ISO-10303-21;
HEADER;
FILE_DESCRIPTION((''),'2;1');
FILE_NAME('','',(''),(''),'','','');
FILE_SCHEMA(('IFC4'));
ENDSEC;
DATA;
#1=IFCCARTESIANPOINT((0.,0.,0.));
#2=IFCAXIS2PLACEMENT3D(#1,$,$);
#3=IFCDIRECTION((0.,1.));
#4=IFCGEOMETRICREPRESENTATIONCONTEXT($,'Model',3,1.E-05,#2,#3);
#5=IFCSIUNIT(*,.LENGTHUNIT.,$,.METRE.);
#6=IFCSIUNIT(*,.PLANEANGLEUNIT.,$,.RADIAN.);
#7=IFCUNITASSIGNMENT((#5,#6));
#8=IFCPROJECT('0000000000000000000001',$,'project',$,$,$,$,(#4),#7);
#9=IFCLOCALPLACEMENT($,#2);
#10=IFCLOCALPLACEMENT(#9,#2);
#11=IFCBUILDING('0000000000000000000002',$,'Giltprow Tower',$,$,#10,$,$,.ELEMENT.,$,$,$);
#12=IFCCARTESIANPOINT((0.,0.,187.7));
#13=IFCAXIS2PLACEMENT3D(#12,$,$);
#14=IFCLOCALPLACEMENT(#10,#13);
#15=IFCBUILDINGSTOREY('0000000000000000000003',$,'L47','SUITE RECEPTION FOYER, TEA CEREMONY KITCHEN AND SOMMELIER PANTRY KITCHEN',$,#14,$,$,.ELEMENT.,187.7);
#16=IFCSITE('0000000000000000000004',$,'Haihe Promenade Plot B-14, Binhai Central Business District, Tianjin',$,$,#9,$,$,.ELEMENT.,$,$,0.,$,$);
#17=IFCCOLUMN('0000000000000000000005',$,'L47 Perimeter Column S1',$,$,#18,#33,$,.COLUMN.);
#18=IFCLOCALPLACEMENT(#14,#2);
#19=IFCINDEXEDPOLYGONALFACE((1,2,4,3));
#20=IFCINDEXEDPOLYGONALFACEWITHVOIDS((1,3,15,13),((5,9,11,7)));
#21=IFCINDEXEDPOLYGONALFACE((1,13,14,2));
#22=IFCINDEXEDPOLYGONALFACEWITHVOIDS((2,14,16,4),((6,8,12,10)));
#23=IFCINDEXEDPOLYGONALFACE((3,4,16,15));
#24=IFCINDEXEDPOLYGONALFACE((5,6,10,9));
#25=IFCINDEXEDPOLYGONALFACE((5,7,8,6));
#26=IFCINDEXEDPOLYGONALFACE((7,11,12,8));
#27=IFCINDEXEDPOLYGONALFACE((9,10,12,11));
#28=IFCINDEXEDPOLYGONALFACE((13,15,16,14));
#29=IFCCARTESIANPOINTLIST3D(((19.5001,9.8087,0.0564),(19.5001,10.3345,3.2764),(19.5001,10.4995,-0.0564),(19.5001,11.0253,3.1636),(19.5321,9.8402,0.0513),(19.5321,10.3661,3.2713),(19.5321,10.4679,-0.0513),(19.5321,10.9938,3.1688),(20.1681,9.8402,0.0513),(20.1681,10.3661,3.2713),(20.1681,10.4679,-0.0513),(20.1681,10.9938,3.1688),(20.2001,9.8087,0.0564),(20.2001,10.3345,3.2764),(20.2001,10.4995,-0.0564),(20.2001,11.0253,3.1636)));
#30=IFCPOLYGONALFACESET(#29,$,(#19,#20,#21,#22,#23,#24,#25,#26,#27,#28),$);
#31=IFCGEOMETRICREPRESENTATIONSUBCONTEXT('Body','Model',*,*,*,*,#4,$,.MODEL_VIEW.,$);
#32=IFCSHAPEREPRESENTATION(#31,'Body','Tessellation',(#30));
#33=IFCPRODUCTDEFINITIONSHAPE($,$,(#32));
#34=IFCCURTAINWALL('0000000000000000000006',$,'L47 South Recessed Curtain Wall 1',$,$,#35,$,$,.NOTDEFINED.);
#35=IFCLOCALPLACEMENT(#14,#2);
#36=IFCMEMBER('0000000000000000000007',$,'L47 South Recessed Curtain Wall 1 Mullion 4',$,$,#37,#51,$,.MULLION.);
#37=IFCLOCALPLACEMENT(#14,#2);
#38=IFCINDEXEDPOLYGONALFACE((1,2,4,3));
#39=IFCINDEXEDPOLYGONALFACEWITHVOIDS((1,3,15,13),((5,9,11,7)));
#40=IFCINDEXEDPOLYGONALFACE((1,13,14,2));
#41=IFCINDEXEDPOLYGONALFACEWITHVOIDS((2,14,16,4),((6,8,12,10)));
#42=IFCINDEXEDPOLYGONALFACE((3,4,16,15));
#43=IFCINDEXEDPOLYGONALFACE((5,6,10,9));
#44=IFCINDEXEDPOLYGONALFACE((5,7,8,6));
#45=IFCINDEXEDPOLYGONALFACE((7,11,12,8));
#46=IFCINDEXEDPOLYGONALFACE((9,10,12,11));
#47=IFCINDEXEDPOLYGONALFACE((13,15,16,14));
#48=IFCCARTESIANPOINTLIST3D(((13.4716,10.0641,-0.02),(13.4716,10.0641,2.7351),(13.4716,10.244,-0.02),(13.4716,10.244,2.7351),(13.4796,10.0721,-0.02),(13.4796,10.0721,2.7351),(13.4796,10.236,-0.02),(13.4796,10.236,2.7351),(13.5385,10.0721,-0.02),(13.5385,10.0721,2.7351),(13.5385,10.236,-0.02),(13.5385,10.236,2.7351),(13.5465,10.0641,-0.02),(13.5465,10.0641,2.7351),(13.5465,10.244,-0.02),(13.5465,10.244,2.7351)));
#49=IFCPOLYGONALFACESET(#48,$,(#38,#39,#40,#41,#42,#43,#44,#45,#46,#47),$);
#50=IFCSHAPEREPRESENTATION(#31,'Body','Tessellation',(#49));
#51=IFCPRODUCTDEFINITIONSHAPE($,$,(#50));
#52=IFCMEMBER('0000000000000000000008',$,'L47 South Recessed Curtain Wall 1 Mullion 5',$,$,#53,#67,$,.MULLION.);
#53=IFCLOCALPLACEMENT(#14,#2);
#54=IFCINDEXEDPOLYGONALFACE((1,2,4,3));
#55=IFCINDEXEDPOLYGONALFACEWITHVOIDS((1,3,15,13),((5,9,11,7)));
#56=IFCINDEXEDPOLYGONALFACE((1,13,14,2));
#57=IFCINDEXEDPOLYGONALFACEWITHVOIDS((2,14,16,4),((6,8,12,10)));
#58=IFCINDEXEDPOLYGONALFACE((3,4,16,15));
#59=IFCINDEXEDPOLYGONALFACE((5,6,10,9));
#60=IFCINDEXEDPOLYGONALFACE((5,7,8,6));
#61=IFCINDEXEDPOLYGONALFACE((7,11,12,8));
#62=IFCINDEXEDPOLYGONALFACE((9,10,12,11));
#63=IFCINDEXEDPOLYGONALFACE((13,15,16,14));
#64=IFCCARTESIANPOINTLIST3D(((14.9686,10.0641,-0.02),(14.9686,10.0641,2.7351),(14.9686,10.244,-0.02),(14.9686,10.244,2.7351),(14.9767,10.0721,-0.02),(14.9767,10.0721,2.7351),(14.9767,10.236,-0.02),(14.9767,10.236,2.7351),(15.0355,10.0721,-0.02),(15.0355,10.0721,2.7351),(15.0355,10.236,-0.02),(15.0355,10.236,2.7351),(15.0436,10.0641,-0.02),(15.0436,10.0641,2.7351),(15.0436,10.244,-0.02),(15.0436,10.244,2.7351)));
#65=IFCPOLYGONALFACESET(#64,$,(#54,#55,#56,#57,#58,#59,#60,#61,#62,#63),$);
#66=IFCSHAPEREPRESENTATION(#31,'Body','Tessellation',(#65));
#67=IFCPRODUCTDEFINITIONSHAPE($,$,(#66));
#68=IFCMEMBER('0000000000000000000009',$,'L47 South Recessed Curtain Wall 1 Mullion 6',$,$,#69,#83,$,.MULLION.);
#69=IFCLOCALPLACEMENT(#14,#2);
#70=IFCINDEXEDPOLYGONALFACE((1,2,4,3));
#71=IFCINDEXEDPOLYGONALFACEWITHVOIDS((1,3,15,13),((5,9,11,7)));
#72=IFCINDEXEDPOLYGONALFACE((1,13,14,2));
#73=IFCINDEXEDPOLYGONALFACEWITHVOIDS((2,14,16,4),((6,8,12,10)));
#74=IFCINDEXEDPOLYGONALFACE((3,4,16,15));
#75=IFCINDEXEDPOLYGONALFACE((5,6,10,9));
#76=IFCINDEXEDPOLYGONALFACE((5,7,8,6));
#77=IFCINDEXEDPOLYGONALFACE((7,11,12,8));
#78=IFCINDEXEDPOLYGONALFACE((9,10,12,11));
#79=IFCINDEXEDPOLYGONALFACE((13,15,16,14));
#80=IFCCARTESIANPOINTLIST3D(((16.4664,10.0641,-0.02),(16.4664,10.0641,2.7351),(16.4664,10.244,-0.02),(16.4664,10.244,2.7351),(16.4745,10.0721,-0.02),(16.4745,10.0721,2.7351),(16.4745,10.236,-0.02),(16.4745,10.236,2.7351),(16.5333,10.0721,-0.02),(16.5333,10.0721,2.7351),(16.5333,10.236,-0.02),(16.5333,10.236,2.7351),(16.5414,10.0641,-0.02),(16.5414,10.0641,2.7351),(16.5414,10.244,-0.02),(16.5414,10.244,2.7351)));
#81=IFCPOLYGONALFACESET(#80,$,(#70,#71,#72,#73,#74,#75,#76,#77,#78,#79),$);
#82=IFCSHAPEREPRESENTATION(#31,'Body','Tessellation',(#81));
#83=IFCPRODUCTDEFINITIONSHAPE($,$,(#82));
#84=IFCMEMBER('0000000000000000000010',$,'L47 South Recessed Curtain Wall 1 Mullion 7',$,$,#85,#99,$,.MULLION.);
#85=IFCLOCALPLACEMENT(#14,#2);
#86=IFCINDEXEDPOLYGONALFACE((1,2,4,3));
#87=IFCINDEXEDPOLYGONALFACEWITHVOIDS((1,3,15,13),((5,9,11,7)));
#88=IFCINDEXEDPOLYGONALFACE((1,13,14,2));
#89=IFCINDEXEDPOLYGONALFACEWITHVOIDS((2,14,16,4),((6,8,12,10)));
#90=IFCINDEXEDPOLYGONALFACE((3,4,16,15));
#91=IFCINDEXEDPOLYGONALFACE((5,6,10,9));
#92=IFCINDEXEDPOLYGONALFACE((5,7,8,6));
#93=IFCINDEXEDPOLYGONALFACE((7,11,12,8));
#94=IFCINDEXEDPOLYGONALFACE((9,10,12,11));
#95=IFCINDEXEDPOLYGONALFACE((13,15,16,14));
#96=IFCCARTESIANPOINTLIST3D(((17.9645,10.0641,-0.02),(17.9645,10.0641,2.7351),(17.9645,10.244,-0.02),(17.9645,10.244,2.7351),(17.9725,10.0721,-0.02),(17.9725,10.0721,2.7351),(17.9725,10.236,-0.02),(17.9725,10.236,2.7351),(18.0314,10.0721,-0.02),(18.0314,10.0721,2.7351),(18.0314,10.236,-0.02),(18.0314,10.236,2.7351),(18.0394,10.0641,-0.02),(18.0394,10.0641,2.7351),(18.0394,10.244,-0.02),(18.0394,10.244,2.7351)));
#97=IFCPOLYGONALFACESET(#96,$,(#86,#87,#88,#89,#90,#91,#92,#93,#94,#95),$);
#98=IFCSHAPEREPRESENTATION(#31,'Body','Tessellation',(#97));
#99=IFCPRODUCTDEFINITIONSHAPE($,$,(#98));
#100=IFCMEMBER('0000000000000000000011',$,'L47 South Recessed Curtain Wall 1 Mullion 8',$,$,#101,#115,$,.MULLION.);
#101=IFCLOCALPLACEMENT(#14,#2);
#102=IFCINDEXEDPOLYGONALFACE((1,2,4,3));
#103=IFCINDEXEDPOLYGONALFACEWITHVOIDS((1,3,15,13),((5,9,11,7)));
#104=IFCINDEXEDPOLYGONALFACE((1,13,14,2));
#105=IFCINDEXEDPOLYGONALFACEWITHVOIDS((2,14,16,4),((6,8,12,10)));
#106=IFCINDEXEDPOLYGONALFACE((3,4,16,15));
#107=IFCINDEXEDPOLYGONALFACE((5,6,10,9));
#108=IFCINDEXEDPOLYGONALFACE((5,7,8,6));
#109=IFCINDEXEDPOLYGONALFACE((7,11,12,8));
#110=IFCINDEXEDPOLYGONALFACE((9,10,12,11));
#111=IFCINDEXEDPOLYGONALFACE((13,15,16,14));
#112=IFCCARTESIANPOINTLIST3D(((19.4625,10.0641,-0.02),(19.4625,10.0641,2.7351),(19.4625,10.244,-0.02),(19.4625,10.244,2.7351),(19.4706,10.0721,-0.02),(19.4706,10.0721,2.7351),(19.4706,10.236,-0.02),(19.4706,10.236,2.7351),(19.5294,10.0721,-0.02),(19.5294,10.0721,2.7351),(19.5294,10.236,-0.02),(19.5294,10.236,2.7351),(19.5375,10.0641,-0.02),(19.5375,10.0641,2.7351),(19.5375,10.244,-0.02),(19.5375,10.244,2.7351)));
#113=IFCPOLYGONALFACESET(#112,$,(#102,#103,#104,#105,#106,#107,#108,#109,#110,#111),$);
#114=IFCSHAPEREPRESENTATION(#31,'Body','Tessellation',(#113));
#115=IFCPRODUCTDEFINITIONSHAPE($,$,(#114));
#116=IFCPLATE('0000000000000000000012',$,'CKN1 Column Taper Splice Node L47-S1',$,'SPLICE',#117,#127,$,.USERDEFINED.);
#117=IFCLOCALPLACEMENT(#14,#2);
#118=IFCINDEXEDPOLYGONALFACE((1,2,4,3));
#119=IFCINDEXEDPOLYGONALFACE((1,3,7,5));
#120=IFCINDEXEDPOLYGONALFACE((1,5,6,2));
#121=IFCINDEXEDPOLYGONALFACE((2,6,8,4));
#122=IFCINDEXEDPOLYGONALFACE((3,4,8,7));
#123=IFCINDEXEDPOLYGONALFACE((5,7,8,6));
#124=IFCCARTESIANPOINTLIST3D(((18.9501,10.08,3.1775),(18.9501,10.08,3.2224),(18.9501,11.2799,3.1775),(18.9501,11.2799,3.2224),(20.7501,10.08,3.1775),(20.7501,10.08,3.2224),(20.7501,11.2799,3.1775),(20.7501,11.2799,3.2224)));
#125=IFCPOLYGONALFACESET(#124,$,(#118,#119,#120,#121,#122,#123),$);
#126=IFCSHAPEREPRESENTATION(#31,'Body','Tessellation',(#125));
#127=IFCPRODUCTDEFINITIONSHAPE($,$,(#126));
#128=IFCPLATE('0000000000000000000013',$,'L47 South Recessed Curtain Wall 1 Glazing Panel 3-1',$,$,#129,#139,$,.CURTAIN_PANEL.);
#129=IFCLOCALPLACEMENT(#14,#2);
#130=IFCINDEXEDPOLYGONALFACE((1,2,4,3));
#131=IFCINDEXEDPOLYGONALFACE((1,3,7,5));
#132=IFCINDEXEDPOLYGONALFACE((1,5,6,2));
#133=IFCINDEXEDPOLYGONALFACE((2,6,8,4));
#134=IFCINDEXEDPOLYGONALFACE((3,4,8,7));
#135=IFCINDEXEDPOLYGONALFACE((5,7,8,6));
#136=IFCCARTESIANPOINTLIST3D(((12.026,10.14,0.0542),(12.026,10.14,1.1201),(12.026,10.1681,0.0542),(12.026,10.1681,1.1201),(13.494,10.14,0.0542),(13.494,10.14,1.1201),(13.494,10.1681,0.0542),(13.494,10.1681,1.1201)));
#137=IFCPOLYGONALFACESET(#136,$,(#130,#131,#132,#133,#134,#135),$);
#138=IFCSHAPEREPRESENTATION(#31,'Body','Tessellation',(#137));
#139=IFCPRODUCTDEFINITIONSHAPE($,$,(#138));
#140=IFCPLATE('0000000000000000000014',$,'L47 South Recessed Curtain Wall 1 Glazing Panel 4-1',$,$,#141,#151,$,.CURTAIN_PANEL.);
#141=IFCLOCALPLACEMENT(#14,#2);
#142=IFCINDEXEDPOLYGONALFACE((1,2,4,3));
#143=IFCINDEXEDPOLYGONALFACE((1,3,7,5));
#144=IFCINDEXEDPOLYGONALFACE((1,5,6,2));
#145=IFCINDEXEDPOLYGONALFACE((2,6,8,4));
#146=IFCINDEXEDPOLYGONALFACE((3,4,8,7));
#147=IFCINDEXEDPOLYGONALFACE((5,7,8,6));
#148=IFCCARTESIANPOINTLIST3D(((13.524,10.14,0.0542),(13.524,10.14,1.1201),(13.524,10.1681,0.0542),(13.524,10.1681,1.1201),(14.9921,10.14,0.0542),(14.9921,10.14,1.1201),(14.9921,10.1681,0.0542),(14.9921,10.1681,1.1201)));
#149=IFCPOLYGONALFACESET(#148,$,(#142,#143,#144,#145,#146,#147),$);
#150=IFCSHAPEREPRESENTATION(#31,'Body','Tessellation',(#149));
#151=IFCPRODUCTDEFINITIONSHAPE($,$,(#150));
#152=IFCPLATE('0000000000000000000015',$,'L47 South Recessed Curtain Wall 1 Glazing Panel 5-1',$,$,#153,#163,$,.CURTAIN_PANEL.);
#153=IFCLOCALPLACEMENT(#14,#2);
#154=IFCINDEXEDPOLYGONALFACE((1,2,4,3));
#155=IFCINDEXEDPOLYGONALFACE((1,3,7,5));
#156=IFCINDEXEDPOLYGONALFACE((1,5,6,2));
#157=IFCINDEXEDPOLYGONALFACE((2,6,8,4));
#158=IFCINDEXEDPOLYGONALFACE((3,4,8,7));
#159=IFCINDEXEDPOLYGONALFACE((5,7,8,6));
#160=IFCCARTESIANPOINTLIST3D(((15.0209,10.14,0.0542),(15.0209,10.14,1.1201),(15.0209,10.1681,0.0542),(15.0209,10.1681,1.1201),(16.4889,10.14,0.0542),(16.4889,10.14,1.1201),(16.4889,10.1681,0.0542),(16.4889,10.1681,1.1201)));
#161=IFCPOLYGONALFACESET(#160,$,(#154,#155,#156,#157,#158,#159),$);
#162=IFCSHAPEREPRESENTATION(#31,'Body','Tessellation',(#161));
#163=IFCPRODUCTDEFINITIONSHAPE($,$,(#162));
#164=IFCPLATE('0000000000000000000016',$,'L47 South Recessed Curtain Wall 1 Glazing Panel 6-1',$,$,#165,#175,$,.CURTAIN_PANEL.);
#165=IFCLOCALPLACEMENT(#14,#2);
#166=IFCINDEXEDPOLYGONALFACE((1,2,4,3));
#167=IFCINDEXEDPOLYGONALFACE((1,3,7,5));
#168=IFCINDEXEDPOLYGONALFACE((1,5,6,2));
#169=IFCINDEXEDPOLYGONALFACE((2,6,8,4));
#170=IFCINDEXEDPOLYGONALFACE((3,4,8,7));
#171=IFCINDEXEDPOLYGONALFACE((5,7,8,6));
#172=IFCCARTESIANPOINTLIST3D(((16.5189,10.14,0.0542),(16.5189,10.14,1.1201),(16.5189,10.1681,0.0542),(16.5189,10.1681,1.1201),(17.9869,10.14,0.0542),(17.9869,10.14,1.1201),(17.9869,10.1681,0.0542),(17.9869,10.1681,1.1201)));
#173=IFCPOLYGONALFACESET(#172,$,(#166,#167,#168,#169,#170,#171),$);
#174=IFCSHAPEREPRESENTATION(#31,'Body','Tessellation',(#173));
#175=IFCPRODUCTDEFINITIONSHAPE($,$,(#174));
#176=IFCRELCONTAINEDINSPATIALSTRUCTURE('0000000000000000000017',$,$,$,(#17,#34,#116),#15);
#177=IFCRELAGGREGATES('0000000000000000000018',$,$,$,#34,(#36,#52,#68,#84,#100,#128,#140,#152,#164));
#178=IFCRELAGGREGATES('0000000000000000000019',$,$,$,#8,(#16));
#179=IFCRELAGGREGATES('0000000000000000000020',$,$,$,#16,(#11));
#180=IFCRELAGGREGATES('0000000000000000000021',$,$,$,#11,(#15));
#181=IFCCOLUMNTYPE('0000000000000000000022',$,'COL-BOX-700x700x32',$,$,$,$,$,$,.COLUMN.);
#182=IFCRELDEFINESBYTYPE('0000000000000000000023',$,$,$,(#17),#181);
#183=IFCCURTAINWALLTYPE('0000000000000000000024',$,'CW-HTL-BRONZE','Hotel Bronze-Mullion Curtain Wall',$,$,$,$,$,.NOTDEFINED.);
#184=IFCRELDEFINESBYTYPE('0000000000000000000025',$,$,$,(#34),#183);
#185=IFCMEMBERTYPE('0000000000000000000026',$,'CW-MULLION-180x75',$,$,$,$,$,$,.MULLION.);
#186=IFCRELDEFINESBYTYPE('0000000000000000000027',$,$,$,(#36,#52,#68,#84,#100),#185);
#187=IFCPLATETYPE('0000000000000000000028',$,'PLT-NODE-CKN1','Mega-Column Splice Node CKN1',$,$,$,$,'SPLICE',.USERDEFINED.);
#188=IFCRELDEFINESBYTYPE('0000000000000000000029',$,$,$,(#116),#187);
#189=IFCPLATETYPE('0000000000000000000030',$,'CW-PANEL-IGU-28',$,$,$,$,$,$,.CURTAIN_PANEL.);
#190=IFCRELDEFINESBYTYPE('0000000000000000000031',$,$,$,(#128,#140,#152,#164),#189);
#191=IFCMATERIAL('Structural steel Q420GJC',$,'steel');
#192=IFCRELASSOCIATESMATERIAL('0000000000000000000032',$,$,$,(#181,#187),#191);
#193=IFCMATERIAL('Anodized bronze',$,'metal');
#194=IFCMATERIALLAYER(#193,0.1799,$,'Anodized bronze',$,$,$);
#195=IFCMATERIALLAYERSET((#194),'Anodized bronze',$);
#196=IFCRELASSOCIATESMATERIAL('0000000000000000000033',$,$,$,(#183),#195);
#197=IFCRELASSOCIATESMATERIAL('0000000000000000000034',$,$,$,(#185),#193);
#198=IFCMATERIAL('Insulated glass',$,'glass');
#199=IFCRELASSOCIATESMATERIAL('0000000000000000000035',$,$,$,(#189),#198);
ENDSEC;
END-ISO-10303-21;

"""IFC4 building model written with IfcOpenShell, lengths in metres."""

from ifc_helpers import new_model, si_unit, direction, frame, origin, origin_2d, place, context, subcontext, project, spatial, rectangle, hollow_rectangle, extrude, source, transform, mapped, material, layer, layer_set, material_profile, profile_set, type_object, element, aggregate, save


model = new_model("IFC4")

# Units and contexts
model_context = context("Model", 3, precision=1e-05, world=origin(), true_north=direction((0.0, 1.0)))
body_context = subcontext(model_context, "Body", "Model", "MODEL_VIEW")
ifc_project = project(units=[si_unit("LENGTHUNIT", "METRE"), si_unit("PLANEANGLEUNIT", "RADIAN")], contexts=[model_context])

# Site, building, storey
site_placement = place(None, origin())
site = spatial("IfcSite", under=ifc_project, at=site_placement, Name="Haihe Promenade Plot B-14, Binhai Central Business District, Tianjin", CompositionType="ELEMENT", RefElevation=0.0)
building_placement = place(site_placement, origin())
building = spatial("IfcBuilding", under=site, at=building_placement, Name="Giltprow Tower", CompositionType="ELEMENT")
storey_placement = place(building_placement, frame((0.0, 0.0, 187.7)))
storey = spatial("IfcBuildingStorey", under=building, at=storey_placement, Name="L47", Description="SUITE RECEPTION FOYER, TEA CEREMONY KITCHEN AND SOMMELIER PANTRY KITCHEN", CompositionType="ELEMENT", Elevation=187.7)

# Column
ifc_material_1 = material(Name="Structural steel Q420GJC", Category="steel")
ifc_material_profile_1 = material_profile(ifc_material_1, hollow_rectangle(XDim=0.7, YDim=0.7, WallThickness=0.032, at=origin_2d()), Name="BOX 700x700x32")
ifc_profile_set_1 = profile_set([ifc_material_profile_1], Name="Structural steel Q420GJC")
column_type = type_object("IfcColumnType", Name="COL-BOX-700x700x32", PredefinedType="COLUMN", material=ifc_profile_set_1)
shared_shape_1 = source(origin(), body_context, "Body", "SweptSolid", [
    extrude(hollow_rectangle(XDim=0.7, YDim=0.7, WallThickness=0.032, at=origin_2d()), origin(), (0.0, 0.0, 1.0), 3.2627),
])
column_placement = place(storey_placement, frame((19.8501, 10.1541, 0.0), z_axis=(0.0, 0.161182, 0.986925), x_axis=(-1.0, 0.0, 0.0)))
element("IfcColumn", 1, at=column_placement, inside=storey, type_object=column_type, Name="L47 Perimeter Column S1", PredefinedType="COLUMN", context=body_context, shape_type="MappedRepresentation", body=[
    mapped(shared_shape_1, transform((0.0, 0.0, 0.0), x_axis=(1.0, 0.0, 0.0), y_axis=(0.0, 1.0, 0.0), z_axis=(0.0, 0.0, 1.0), scale=1.0)),
])

# Curtain wall, members
ifc_material_2 = material(Name="Anodized bronze", Category="metal")
ifc_layer = layer(ifc_material_2, 0.1799, Name="Anodized bronze")
ifc_layer_set = layer_set([ifc_layer], Name="Anodized bronze")
curtain_wall_type = type_object("IfcCurtainWallType", Name="CW-HTL-BRONZE", Description="Hotel Bronze-Mullion Curtain Wall", PredefinedType="NOTDEFINED", material=ifc_layer_set)
curtain_wall_placement = place(storey_placement, origin())
curtain_wall = element("IfcCurtainWall", 2, at=curtain_wall_placement, inside=storey, type_object=curtain_wall_type, Name="L47 South Recessed Curtain Wall 1", PredefinedType="NOTDEFINED")
ifc_material_profile_2 = material_profile(ifc_material_2, hollow_rectangle(XDim=0.075, YDim=0.1799, WallThickness=0.0081, at=origin_2d()), Name="RHS 180x75x8")
ifc_profile_set_2 = profile_set([ifc_material_profile_2], Name="Anodized bronze")
member_type = type_object("IfcMemberType", Name="CW-MULLION-180x75", PredefinedType="MULLION", material=ifc_profile_set_2)
shared_shape_2 = source(origin(), body_context, "Body", "SweptSolid", [
    extrude(hollow_rectangle(XDim=0.075, YDim=0.1799, WallThickness=0.0081, at=origin_2d()), origin(), (0.0, 0.0, 1.0), 2.7551),
])
member_1_placement = place(storey_placement, frame((13.509, 10.1541, -0.02), z_axis=(0.0, 0.0, 1.0), x_axis=(1.0, 0.0, 0.0)))
member_1 = element("IfcMember", 3, at=member_1_placement, type_object=member_type, Name="L47 South Recessed Curtain Wall 1 Mullion 4", PredefinedType="MULLION", context=body_context, shape_type="MappedRepresentation", body=[
    mapped(shared_shape_2, transform((0.0, 0.0, 0.0), x_axis=(1.0, 0.0, 0.0), y_axis=(0.0, 1.0, 0.0), z_axis=(0.0, 0.0, 1.0), scale=1.0)),
])
member_2_placement = place(storey_placement, frame((15.0061, 10.1541, -0.02), z_axis=(0.0, 0.0, 1.0), x_axis=(1.0, 0.0, 0.0)))
member_2 = element("IfcMember", 4, at=member_2_placement, type_object=member_type, Name="L47 South Recessed Curtain Wall 1 Mullion 5", PredefinedType="MULLION", context=body_context, shape_type="MappedRepresentation", body=[
    mapped(shared_shape_2, transform((0.0, 0.0, 0.0), x_axis=(1.0, 0.0, 0.0), y_axis=(0.0, 1.0, 0.0), z_axis=(0.0, 0.0, 1.0), scale=1.0)),
])
member_3_placement = place(storey_placement, frame((16.5039, 10.1541, -0.02), z_axis=(0.0, 0.0, 1.0), x_axis=(1.0, 0.0, 0.0)))
member_3 = element("IfcMember", 5, at=member_3_placement, type_object=member_type, Name="L47 South Recessed Curtain Wall 1 Mullion 6", PredefinedType="MULLION", context=body_context, shape_type="MappedRepresentation", body=[
    mapped(shared_shape_2, transform((0.0, 0.0, 0.0), x_axis=(1.0, 0.0, 0.0), y_axis=(0.0, 1.0, 0.0), z_axis=(0.0, 0.0, 1.0), scale=1.0)),
])
member_4_placement = place(storey_placement, frame((18.002, 10.1541, -0.02), z_axis=(0.0, 0.0, 1.0), x_axis=(1.0, 0.0, 0.0)))
member_4 = element("IfcMember", 6, at=member_4_placement, type_object=member_type, Name="L47 South Recessed Curtain Wall 1 Mullion 7", PredefinedType="MULLION", context=body_context, shape_type="MappedRepresentation", body=[
    mapped(shared_shape_2, transform((0.0, 0.0, 0.0), x_axis=(1.0, 0.0, 0.0), y_axis=(0.0, 1.0, 0.0), z_axis=(0.0, 0.0, 1.0), scale=1.0)),
])
member_5_placement = place(storey_placement, frame((19.5, 10.1541, -0.02), z_axis=(0.0, 0.0, 1.0), x_axis=(1.0, 0.0, 0.0)))
member_5 = element("IfcMember", 7, at=member_5_placement, type_object=member_type, Name="L47 South Recessed Curtain Wall 1 Mullion 8", PredefinedType="MULLION", context=body_context, shape_type="MappedRepresentation", body=[
    mapped(shared_shape_2, transform((0.0, 0.0, 0.0), x_axis=(1.0, 0.0, 0.0), y_axis=(0.0, 1.0, 0.0), z_axis=(0.0, 0.0, 1.0), scale=1.0)),
])

# Plates
plate_type_1 = type_object("IfcPlateType", Name="PLT-NODE-CKN1", Description="Mega-Column Splice Node CKN1", ElementType="SPLICE", PredefinedType="USERDEFINED", material=ifc_material_1)
shared_shape_3 = source(origin(), body_context, "Body", "SweptSolid", [
    extrude(rectangle(XDim=1.8, YDim=1.2, at=origin_2d()), origin(), (0.0, 0.0, 1.0), 0.0449),
])
plate_1_placement = place(storey_placement, frame((19.8501, 10.6799, 3.1775), z_axis=(0.0, 0.0, 1.0), x_axis=(1.0, 0.0, 0.0)))
element("IfcPlate", 8, at=plate_1_placement, inside=storey, type_object=plate_type_1, Name="CKN1 Column Taper Splice Node L47-S1", ObjectType="SPLICE", PredefinedType="USERDEFINED", context=body_context, shape_type="MappedRepresentation", body=[
    mapped(shared_shape_3, transform((0.0, 0.0, 0.0), x_axis=(1.0, 0.0, 0.0), y_axis=(0.0, 1.0, 0.0), z_axis=(0.0, 0.0, 1.0), scale=1.0)),
])
ifc_material_3 = material(Name="Insulated glass", Category="glass")
plate_type_2 = type_object("IfcPlateType", Name="CW-PANEL-IGU-28", PredefinedType="CURTAIN_PANEL", material=ifc_material_3)
shared_shape_4 = source(origin(), body_context, "Body", "SweptSolid", [
    extrude(rectangle(XDim=1.468, YDim=0.0281, at=origin_2d()), origin(), (0.0, 0.0, 1.0), 1.0659),
])
plate_2_placement = place(storey_placement, frame((12.76, 10.1541, 0.0542), z_axis=(0.0, 0.0, 1.0), x_axis=(1.0, 0.0, 0.0)))
plate_2 = element("IfcPlate", 9, at=plate_2_placement, type_object=plate_type_2, Name="L47 South Recessed Curtain Wall 1 Glazing Panel 3-1", PredefinedType="CURTAIN_PANEL", context=body_context, shape_type="MappedRepresentation", body=[
    mapped(shared_shape_4, transform((0.0, 0.0, 0.0), x_axis=(1.0, 0.0, 0.0), y_axis=(0.0, 1.0, 0.0), z_axis=(0.0, 0.0, 1.0), scale=1.0)),
])
plate_3_placement = place(storey_placement, frame((14.2581, 10.1541, 0.0542), z_axis=(0.0, 0.0, 1.0), x_axis=(1.0, 0.0, 0.0)))
plate_3 = element("IfcPlate", 10, at=plate_3_placement, type_object=plate_type_2, Name="L47 South Recessed Curtain Wall 1 Glazing Panel 4-1", PredefinedType="CURTAIN_PANEL", context=body_context, shape_type="MappedRepresentation", body=[
    mapped(shared_shape_4, transform((0.0, 0.0, 0.0), x_axis=(1.0, 0.0, 0.0), y_axis=(0.0, 1.0, 0.0), z_axis=(0.0, 0.0, 1.0), scale=1.0)),
])
plate_4_placement = place(storey_placement, frame((15.7549, 10.1541, 0.0542), z_axis=(0.0, 0.0, 1.0), x_axis=(1.0, 0.0, 0.0)))
plate_4 = element("IfcPlate", 11, at=plate_4_placement, type_object=plate_type_2, Name="L47 South Recessed Curtain Wall 1 Glazing Panel 5-1", PredefinedType="CURTAIN_PANEL", context=body_context, shape_type="MappedRepresentation", body=[
    mapped(shared_shape_4, transform((0.0, 0.0, 0.0), x_axis=(1.0, 0.0, 0.0), y_axis=(0.0, 1.0, 0.0), z_axis=(0.0, 0.0, 1.0), scale=1.0)),
])
plate_5_placement = place(storey_placement, frame((17.2529, 10.1541, 0.0542), z_axis=(0.0, 0.0, 1.0), x_axis=(1.0, 0.0, 0.0)))
plate_5 = element("IfcPlate", 12, at=plate_5_placement, type_object=plate_type_2, Name="L47 South Recessed Curtain Wall 1 Glazing Panel 6-1", PredefinedType="CURTAIN_PANEL", context=body_context, shape_type="MappedRepresentation", body=[
    mapped(shared_shape_4, transform((0.0, 0.0, 0.0), x_axis=(1.0, 0.0, 0.0), y_axis=(0.0, 1.0, 0.0), z_axis=(0.0, 0.0, 1.0), scale=1.0)),
])
aggregate(curtain_wall, [member_1, member_2, member_3, member_4, member_5, plate_2, plate_3, plate_4, plate_5])

save(model, "model.ifc")
